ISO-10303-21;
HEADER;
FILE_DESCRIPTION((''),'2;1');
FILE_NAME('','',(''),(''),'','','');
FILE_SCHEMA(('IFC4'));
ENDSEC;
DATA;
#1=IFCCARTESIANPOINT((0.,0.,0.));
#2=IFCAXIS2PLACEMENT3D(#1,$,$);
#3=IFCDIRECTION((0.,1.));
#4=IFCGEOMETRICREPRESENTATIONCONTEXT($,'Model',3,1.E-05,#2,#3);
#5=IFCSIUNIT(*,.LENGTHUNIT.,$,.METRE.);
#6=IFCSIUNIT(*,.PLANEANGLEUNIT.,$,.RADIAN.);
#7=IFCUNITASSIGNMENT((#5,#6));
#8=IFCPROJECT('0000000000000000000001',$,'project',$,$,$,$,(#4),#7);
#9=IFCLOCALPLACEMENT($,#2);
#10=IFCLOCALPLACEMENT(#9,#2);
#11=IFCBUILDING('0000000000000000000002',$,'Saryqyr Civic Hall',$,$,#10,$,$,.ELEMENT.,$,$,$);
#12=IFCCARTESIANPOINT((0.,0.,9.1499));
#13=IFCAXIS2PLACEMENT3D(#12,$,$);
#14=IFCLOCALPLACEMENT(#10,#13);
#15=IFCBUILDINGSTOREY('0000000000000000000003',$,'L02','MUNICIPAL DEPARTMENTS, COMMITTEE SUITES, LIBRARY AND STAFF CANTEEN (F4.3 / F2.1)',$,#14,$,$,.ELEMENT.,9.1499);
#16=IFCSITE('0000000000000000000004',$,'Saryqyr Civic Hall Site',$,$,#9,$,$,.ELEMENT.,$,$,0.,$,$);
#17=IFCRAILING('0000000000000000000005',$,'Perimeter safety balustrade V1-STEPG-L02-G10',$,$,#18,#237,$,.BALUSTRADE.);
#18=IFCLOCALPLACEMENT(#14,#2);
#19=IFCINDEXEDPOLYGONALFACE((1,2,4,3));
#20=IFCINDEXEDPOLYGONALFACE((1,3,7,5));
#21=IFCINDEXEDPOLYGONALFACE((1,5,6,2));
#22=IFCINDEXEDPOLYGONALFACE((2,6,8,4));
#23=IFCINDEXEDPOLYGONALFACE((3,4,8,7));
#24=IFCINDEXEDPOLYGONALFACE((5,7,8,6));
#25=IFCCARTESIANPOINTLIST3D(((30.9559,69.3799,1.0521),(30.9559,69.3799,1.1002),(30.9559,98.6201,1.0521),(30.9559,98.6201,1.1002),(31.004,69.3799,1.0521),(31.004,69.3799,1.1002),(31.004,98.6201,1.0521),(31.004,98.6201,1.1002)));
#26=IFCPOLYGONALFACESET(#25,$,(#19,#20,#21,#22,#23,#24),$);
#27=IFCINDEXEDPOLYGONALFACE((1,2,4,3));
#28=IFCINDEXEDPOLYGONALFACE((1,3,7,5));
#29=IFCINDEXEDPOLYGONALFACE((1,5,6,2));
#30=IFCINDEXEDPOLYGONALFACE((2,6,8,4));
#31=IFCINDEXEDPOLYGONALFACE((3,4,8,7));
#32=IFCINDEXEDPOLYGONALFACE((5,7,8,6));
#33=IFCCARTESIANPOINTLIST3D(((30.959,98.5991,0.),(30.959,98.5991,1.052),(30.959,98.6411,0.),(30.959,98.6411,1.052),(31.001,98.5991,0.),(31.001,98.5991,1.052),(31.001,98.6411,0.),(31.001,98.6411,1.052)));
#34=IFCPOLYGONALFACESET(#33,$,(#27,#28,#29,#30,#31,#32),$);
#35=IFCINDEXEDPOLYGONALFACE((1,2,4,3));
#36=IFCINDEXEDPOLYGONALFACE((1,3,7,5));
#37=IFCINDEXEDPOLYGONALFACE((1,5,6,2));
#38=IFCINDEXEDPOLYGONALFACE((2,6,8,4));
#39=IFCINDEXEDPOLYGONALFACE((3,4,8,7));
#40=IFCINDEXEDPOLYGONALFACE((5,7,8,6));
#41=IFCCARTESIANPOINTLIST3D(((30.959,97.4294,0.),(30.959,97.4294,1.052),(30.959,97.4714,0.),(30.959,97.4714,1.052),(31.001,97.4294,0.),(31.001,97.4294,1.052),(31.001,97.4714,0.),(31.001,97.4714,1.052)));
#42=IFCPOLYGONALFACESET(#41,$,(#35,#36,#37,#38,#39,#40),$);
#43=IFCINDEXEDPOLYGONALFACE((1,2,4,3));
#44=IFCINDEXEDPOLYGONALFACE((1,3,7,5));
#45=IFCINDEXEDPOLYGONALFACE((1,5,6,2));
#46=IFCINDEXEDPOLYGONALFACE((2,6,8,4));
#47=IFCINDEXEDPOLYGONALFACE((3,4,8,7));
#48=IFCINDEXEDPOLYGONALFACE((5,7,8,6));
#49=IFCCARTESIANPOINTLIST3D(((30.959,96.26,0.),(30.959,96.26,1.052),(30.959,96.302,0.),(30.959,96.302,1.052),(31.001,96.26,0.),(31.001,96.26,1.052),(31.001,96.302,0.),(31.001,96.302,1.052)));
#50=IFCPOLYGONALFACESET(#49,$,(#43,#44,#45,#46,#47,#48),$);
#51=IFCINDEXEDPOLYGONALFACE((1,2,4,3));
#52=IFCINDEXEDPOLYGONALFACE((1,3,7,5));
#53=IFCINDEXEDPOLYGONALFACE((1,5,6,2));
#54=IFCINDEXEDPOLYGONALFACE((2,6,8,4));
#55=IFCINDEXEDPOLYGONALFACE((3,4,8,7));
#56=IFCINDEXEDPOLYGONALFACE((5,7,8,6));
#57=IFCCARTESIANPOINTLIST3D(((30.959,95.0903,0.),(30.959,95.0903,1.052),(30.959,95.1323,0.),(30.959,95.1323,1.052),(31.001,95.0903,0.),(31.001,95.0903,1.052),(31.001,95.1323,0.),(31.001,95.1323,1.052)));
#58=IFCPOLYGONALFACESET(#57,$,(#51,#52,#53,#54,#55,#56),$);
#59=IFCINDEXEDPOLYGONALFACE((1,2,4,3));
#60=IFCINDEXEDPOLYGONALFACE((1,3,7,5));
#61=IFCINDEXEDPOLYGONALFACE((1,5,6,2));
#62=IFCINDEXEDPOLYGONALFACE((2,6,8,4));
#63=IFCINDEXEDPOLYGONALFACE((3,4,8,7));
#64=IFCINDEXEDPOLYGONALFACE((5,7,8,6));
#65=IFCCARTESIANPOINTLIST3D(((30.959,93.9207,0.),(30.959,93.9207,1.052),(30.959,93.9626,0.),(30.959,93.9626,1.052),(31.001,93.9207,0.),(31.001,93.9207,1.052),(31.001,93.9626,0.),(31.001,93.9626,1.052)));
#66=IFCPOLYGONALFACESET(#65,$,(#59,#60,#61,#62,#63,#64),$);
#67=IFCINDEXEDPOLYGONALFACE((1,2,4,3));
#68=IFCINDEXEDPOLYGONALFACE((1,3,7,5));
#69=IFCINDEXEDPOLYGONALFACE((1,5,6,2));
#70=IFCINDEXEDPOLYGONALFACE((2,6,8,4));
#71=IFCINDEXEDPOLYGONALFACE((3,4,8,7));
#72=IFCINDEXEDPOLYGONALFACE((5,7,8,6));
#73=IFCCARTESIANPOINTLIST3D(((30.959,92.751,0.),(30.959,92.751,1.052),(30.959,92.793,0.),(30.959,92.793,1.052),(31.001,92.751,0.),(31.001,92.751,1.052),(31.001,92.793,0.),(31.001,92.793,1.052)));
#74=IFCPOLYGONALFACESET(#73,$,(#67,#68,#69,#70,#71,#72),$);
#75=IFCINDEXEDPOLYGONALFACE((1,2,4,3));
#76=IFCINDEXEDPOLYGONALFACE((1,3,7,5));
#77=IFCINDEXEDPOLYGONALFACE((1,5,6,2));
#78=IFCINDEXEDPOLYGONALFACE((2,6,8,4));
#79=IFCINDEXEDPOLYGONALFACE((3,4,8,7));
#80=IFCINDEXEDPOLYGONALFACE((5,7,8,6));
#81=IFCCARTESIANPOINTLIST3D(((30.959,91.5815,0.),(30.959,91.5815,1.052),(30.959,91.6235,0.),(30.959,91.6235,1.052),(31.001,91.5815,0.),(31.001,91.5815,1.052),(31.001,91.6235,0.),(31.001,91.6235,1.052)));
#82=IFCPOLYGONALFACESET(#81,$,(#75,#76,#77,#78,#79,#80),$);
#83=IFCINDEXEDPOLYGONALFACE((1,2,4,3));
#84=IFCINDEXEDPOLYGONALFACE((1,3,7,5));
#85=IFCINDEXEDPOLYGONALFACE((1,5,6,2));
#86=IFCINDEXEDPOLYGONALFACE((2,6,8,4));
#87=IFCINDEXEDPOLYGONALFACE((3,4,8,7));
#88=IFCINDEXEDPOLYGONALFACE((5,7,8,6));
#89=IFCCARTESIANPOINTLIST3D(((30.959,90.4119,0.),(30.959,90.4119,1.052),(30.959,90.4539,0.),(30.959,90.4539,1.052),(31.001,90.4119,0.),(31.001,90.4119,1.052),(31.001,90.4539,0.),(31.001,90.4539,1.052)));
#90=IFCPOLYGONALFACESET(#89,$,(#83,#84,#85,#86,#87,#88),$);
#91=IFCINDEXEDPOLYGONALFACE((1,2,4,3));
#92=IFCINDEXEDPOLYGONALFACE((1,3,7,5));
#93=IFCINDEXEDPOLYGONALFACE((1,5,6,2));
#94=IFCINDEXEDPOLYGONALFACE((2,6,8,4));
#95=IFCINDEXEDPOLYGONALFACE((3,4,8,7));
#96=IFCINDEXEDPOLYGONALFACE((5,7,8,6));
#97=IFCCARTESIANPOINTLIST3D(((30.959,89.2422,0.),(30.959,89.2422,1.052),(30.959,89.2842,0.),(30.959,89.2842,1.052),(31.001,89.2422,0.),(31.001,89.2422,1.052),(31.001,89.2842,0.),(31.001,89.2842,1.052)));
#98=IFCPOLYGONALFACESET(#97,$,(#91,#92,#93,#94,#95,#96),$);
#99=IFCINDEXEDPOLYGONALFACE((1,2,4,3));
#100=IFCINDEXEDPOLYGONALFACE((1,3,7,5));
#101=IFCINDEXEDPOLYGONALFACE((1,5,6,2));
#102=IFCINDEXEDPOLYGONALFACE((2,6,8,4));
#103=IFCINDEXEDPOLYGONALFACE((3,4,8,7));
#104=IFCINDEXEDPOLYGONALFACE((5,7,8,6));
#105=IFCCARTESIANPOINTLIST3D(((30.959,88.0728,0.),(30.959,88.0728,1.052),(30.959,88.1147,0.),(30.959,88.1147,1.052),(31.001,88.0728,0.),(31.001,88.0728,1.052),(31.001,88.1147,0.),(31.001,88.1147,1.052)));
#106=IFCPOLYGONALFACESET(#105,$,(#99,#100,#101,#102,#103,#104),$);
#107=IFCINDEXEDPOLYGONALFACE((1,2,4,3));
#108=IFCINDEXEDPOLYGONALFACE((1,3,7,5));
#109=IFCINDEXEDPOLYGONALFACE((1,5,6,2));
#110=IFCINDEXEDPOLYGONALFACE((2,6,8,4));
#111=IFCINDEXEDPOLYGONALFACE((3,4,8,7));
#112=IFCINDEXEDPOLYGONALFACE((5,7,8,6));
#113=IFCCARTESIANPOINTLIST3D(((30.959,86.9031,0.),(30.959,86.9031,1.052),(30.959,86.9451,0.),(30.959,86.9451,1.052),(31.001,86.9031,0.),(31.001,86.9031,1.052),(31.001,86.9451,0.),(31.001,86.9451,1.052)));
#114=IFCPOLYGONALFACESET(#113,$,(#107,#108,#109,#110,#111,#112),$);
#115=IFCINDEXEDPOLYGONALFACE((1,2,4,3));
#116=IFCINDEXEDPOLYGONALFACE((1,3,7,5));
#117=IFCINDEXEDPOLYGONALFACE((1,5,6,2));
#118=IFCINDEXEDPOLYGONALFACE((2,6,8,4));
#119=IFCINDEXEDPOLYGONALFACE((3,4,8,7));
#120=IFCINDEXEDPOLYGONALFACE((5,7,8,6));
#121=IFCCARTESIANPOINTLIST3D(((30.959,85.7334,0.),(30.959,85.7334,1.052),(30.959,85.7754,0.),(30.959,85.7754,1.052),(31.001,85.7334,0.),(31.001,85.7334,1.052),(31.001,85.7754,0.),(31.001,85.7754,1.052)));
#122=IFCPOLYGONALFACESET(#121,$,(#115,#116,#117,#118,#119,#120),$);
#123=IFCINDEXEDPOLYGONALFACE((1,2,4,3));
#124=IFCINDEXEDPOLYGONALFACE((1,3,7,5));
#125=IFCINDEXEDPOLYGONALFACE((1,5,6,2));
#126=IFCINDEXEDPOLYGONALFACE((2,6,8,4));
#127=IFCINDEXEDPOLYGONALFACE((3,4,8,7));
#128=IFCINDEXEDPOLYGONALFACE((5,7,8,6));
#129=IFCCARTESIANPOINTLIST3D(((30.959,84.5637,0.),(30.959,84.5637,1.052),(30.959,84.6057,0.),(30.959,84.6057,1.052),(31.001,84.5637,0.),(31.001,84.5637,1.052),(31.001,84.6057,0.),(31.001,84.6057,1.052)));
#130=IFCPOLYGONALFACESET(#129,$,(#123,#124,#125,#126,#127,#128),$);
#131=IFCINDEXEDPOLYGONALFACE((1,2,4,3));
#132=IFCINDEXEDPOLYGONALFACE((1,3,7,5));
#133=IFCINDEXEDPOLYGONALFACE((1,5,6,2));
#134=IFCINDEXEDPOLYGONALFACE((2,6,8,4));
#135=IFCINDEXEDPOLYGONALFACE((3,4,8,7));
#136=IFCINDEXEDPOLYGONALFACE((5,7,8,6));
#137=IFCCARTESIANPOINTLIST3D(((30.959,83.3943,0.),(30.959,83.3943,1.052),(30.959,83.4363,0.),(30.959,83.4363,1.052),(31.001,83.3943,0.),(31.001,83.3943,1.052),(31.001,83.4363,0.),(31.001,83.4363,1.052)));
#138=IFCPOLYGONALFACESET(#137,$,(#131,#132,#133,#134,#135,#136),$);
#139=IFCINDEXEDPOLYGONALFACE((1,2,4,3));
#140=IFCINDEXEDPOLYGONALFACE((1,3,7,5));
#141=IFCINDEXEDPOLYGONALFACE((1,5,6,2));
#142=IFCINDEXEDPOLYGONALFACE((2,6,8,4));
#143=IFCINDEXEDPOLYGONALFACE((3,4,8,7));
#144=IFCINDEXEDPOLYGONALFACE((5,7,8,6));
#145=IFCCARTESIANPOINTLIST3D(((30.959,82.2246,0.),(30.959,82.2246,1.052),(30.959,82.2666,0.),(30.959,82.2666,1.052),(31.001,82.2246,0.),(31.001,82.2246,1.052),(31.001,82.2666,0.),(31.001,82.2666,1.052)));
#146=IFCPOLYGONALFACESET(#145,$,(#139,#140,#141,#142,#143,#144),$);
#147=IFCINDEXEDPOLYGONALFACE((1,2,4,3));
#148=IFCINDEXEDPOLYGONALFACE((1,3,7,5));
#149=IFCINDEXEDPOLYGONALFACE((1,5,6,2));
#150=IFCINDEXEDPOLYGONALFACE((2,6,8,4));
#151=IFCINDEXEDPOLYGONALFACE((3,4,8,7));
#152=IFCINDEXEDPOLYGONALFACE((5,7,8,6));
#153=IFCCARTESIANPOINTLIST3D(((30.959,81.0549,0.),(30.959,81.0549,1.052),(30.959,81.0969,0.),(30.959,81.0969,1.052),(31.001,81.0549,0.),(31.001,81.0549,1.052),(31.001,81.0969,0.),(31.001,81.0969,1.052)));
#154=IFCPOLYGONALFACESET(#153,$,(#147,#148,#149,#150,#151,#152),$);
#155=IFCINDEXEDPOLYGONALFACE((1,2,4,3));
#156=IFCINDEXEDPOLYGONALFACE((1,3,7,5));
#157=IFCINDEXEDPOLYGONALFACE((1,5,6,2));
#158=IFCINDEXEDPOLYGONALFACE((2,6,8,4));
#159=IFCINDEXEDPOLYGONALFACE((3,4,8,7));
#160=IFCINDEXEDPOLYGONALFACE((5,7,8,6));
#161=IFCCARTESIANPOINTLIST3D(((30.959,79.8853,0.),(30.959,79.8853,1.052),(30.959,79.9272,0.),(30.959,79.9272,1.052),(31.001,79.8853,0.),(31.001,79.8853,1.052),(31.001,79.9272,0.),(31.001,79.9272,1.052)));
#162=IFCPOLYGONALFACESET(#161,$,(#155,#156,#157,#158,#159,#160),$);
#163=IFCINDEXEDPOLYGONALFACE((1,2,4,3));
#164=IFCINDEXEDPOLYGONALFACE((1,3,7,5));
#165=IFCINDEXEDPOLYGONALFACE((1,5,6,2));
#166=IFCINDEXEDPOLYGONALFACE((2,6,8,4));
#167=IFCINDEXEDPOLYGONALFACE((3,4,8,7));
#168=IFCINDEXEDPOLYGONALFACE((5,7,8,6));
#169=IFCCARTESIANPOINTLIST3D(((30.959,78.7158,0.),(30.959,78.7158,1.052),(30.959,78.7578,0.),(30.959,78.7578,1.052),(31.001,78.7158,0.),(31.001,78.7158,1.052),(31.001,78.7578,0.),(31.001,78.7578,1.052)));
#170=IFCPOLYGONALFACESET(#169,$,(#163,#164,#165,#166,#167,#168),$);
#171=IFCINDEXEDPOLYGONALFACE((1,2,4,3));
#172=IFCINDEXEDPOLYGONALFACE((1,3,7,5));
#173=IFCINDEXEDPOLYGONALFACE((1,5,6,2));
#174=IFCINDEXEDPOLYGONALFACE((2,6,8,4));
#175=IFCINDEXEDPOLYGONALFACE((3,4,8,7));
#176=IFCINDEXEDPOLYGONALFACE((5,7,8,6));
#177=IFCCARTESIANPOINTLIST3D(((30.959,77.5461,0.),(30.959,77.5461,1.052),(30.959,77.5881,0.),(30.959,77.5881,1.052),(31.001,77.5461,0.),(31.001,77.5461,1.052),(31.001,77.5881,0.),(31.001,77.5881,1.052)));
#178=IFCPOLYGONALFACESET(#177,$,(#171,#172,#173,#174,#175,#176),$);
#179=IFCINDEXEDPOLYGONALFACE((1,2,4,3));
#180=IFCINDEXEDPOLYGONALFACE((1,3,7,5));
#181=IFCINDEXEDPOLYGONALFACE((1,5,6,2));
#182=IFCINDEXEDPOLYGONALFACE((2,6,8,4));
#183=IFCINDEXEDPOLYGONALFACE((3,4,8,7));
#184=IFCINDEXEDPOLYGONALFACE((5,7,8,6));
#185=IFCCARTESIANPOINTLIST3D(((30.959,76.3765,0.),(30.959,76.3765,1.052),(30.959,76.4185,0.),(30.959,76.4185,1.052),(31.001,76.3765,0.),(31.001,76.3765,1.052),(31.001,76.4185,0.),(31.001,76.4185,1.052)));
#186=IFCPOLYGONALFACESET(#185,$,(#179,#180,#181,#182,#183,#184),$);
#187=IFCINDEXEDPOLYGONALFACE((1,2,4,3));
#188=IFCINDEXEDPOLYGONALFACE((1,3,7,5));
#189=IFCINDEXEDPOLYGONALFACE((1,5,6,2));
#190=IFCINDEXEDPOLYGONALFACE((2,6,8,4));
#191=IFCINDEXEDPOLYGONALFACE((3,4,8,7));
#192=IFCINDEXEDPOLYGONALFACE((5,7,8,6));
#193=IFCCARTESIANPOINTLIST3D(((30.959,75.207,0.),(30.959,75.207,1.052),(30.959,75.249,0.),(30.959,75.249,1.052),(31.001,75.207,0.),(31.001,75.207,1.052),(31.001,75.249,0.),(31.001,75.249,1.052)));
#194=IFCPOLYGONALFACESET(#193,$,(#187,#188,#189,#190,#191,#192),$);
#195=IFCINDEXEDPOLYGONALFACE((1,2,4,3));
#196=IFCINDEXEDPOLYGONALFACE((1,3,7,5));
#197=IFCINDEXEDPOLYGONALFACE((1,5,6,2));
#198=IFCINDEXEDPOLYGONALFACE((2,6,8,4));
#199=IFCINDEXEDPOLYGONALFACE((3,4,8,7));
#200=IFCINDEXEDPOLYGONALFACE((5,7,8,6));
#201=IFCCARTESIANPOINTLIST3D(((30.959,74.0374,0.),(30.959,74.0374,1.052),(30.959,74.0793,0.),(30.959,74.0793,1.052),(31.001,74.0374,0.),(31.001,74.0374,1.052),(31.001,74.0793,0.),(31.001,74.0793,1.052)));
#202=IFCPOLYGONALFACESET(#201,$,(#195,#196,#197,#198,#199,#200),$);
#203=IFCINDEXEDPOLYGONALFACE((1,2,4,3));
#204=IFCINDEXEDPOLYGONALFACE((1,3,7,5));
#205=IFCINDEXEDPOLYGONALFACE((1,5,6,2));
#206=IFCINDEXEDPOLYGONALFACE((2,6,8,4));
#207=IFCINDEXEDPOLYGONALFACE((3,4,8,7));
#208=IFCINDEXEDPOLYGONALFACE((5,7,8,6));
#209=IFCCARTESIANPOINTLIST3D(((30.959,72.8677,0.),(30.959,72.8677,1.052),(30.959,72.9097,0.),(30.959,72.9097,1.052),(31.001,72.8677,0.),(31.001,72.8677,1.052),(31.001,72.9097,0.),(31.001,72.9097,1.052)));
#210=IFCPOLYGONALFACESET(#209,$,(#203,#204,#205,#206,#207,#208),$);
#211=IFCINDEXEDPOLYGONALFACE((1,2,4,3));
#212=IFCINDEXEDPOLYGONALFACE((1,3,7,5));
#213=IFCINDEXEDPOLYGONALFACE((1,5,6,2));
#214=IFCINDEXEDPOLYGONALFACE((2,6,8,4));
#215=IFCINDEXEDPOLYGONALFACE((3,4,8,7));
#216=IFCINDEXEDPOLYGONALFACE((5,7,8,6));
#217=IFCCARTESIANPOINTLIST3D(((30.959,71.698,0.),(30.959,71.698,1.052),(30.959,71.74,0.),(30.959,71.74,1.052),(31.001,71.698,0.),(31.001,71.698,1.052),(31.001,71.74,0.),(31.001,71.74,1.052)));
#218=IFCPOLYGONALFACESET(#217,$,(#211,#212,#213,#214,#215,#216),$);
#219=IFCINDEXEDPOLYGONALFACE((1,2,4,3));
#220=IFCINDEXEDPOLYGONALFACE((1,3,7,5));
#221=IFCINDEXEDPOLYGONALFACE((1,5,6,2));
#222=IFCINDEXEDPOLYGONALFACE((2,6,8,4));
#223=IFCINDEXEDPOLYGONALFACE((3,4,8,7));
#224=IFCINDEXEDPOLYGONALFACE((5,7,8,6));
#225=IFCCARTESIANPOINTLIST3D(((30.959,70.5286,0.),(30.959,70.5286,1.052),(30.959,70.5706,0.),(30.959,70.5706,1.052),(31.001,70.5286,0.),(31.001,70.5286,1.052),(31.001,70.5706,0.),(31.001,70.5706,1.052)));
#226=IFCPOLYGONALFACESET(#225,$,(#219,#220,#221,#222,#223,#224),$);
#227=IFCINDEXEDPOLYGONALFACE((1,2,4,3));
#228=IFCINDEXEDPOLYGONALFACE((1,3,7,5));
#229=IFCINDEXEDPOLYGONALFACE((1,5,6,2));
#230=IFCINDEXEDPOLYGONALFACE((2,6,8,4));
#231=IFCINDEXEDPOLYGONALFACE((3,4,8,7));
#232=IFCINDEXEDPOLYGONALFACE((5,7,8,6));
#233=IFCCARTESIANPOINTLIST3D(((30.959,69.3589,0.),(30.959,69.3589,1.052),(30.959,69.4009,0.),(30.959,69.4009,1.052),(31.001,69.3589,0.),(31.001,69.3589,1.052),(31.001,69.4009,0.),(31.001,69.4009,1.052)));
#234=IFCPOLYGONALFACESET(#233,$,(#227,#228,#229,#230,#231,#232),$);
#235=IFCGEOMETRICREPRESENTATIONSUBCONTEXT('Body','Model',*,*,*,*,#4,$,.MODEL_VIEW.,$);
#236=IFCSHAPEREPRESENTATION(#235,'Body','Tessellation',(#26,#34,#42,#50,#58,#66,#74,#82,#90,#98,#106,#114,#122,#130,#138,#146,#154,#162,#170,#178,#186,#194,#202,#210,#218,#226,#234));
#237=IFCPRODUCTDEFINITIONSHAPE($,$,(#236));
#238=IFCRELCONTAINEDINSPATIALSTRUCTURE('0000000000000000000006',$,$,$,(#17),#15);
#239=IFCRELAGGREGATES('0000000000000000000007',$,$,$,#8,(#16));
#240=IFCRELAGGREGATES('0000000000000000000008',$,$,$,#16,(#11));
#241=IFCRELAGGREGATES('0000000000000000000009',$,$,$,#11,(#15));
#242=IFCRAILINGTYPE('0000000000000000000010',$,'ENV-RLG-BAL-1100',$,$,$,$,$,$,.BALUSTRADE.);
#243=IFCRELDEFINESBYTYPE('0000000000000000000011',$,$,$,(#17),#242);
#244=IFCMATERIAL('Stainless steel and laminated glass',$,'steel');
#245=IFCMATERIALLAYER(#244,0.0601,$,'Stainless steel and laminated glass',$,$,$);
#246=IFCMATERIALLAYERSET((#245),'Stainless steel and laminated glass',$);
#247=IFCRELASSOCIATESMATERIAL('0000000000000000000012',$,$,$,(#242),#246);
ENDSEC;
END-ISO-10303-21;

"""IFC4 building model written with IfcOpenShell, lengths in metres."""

from ifc_helpers import new_model, si_unit, direction, frame, origin, origin_2d, place, context, subcontext, project, spatial, rectangle, extrude, material, layer, layer_set, type_object, element, save


model = new_model("IFC4")

# Units and contexts
model_context = context("Model", 3, precision=1e-05, world=origin(), true_north=direction((0.0, 1.0)))
body_context = subcontext(model_context, "Body", "Model", "MODEL_VIEW")
ifc_project = project(units=[si_unit("LENGTHUNIT", "METRE"), si_unit("PLANEANGLEUNIT", "RADIAN")], contexts=[model_context])

# Site, building, storey
site_placement = place(None, origin())
site = spatial("IfcSite", under=ifc_project, at=site_placement, Name="Saryqyr Civic Hall Site", CompositionType="ELEMENT", RefElevation=0.0)
building_placement = place(site_placement, origin())
building = spatial("IfcBuilding", under=site, at=building_placement, Name="Saryqyr Civic Hall", CompositionType="ELEMENT")
storey_placement = place(building_placement, frame((0.0, 0.0, 9.1499)))
storey = spatial("IfcBuildingStorey", under=building, at=storey_placement, Name="L02", Description="MUNICIPAL DEPARTMENTS, COMMITTEE SUITES, LIBRARY AND STAFF CANTEEN (F4.3 / F2.1)", CompositionType="ELEMENT", Elevation=9.1499)

# Railing
ifc_material_1 = material(Name="Stainless steel and laminated glass", Category="steel")
ifc_layer_1 = layer(ifc_material_1, 0.0601, Name="Stainless steel and laminated glass")
ifc_layer_set_1 = layer_set([ifc_layer_1], Name="Stainless steel and laminated glass")
railing_type_1 = type_object("IfcRailingType", Name="ENV-RLG-BAL-1100", PredefinedType="BALUSTRADE", material=ifc_layer_set_1)
railing_1_placement = place(storey_placement, frame((30.98, 98.6201, 0.0)))
element("IfcRailing", 1, at=railing_1_placement, inside=storey, type_object=railing_type_1, Name="Perimeter safety balustrade V1-STEPG-L02-G10", PredefinedType="BALUSTRADE", context=body_context, shape_type="SweptSolid", body=[
    extrude(rectangle(XDim=0.0481, YDim=0.0481, at=origin_2d()), frame((0.0, 0.0, 1.0762), z_axis=(0.0, -1.0, 0.0), x_axis=(1.0, 0.0, 0.0)), (0.0, 0.0, 1.0), 29.2402),
    extrude(rectangle(XDim=0.042, YDim=0.042, at=origin_2d()), origin(), (0.0, 0.0, 1.0), 1.052),
    extrude(rectangle(XDim=0.042, YDim=0.042, at=origin_2d()), frame((0.0, -1.1697, 0.0)), (0.0, 0.0, 1.0), 1.052),
    extrude(rectangle(XDim=0.042, YDim=0.042, at=origin_2d()), frame((0.0, -2.3391, 0.0)), (0.0, 0.0, 1.0), 1.052),
    extrude(rectangle(XDim=0.042, YDim=0.042, at=origin_2d()), frame((0.0, -3.5088, 0.0)), (0.0, 0.0, 1.0), 1.052),
    extrude(rectangle(XDim=0.042, YDim=0.042, at=origin_2d()), frame((0.0, -4.6785, 0.0)), (0.0, 0.0, 1.0), 1.052),
    extrude(rectangle(XDim=0.042, YDim=0.042, at=origin_2d()), frame((0.0, -5.8481, 0.0)), (0.0, 0.0, 1.0), 1.052),
    extrude(rectangle(XDim=0.042, YDim=0.042, at=origin_2d()), frame((0.0, -7.0176, 0.0)), (0.0, 0.0, 1.0), 1.052),
    extrude(rectangle(XDim=0.042, YDim=0.042, at=origin_2d()), frame((0.0, -8.1873, 0.0)), (0.0, 0.0, 1.0), 1.052),
    extrude(rectangle(XDim=0.042, YDim=0.042, at=origin_2d()), frame((0.0, -9.3569, 0.0)), (0.0, 0.0, 1.0), 1.052),
    extrude(rectangle(XDim=0.042, YDim=0.042, at=origin_2d()), frame((0.0, -10.5264, 0.0)), (0.0, 0.0, 1.0), 1.052),
    extrude(rectangle(XDim=0.042, YDim=0.042, at=origin_2d()), frame((0.0, -11.696, 0.0)), (0.0, 0.0, 1.0), 1.052),
    extrude(rectangle(XDim=0.042, YDim=0.042, at=origin_2d()), frame((0.0, -12.8657, 0.0)), (0.0, 0.0, 1.0), 1.052),
    extrude(rectangle(XDim=0.042, YDim=0.042, at=origin_2d()), frame((0.0, -14.0354, 0.0)), (0.0, 0.0, 1.0), 1.052),
    extrude(rectangle(XDim=0.042, YDim=0.042, at=origin_2d()), frame((0.0, -15.2048, 0.0)), (0.0, 0.0, 1.0), 1.052),
    extrude(rectangle(XDim=0.042, YDim=0.042, at=origin_2d()), frame((0.0, -16.3745, 0.0)), (0.0, 0.0, 1.0), 1.052),
    extrude(rectangle(XDim=0.042, YDim=0.042, at=origin_2d()), frame((0.0, -17.5442, 0.0)), (0.0, 0.0, 1.0), 1.052),
    extrude(rectangle(XDim=0.042, YDim=0.042, at=origin_2d()), frame((0.0, -18.7139, 0.0)), (0.0, 0.0, 1.0), 1.052),
    extrude(rectangle(XDim=0.042, YDim=0.042, at=origin_2d()), frame((0.0, -19.8833, 0.0)), (0.0, 0.0, 1.0), 1.052),
    extrude(rectangle(XDim=0.042, YDim=0.042, at=origin_2d()), frame((0.0, -21.053, 0.0)), (0.0, 0.0, 1.0), 1.052),
    extrude(rectangle(XDim=0.042, YDim=0.042, at=origin_2d()), frame((0.0, -22.2227, 0.0)), (0.0, 0.0, 1.0), 1.052),
    extrude(rectangle(XDim=0.042, YDim=0.042, at=origin_2d()), frame((0.0, -23.3921, 0.0)), (0.0, 0.0, 1.0), 1.052),
    extrude(rectangle(XDim=0.042, YDim=0.042, at=origin_2d()), frame((0.0, -24.5618, 0.0)), (0.0, 0.0, 1.0), 1.052),
    extrude(rectangle(XDim=0.042, YDim=0.042, at=origin_2d()), frame((0.0, -25.7314, 0.0)), (0.0, 0.0, 1.0), 1.052),
    extrude(rectangle(XDim=0.042, YDim=0.042, at=origin_2d()), frame((0.0, -26.9011, 0.0)), (0.0, 0.0, 1.0), 1.052),
    extrude(rectangle(XDim=0.042, YDim=0.042, at=origin_2d()), frame((0.0, -28.0706, 0.0)), (0.0, 0.0, 1.0), 1.052),
    extrude(rectangle(XDim=0.042, YDim=0.042, at=origin_2d()), frame((0.0, -29.2402, 0.0)), (0.0, 0.0, 1.0), 1.052),
])

save(model, "model.ifc")
